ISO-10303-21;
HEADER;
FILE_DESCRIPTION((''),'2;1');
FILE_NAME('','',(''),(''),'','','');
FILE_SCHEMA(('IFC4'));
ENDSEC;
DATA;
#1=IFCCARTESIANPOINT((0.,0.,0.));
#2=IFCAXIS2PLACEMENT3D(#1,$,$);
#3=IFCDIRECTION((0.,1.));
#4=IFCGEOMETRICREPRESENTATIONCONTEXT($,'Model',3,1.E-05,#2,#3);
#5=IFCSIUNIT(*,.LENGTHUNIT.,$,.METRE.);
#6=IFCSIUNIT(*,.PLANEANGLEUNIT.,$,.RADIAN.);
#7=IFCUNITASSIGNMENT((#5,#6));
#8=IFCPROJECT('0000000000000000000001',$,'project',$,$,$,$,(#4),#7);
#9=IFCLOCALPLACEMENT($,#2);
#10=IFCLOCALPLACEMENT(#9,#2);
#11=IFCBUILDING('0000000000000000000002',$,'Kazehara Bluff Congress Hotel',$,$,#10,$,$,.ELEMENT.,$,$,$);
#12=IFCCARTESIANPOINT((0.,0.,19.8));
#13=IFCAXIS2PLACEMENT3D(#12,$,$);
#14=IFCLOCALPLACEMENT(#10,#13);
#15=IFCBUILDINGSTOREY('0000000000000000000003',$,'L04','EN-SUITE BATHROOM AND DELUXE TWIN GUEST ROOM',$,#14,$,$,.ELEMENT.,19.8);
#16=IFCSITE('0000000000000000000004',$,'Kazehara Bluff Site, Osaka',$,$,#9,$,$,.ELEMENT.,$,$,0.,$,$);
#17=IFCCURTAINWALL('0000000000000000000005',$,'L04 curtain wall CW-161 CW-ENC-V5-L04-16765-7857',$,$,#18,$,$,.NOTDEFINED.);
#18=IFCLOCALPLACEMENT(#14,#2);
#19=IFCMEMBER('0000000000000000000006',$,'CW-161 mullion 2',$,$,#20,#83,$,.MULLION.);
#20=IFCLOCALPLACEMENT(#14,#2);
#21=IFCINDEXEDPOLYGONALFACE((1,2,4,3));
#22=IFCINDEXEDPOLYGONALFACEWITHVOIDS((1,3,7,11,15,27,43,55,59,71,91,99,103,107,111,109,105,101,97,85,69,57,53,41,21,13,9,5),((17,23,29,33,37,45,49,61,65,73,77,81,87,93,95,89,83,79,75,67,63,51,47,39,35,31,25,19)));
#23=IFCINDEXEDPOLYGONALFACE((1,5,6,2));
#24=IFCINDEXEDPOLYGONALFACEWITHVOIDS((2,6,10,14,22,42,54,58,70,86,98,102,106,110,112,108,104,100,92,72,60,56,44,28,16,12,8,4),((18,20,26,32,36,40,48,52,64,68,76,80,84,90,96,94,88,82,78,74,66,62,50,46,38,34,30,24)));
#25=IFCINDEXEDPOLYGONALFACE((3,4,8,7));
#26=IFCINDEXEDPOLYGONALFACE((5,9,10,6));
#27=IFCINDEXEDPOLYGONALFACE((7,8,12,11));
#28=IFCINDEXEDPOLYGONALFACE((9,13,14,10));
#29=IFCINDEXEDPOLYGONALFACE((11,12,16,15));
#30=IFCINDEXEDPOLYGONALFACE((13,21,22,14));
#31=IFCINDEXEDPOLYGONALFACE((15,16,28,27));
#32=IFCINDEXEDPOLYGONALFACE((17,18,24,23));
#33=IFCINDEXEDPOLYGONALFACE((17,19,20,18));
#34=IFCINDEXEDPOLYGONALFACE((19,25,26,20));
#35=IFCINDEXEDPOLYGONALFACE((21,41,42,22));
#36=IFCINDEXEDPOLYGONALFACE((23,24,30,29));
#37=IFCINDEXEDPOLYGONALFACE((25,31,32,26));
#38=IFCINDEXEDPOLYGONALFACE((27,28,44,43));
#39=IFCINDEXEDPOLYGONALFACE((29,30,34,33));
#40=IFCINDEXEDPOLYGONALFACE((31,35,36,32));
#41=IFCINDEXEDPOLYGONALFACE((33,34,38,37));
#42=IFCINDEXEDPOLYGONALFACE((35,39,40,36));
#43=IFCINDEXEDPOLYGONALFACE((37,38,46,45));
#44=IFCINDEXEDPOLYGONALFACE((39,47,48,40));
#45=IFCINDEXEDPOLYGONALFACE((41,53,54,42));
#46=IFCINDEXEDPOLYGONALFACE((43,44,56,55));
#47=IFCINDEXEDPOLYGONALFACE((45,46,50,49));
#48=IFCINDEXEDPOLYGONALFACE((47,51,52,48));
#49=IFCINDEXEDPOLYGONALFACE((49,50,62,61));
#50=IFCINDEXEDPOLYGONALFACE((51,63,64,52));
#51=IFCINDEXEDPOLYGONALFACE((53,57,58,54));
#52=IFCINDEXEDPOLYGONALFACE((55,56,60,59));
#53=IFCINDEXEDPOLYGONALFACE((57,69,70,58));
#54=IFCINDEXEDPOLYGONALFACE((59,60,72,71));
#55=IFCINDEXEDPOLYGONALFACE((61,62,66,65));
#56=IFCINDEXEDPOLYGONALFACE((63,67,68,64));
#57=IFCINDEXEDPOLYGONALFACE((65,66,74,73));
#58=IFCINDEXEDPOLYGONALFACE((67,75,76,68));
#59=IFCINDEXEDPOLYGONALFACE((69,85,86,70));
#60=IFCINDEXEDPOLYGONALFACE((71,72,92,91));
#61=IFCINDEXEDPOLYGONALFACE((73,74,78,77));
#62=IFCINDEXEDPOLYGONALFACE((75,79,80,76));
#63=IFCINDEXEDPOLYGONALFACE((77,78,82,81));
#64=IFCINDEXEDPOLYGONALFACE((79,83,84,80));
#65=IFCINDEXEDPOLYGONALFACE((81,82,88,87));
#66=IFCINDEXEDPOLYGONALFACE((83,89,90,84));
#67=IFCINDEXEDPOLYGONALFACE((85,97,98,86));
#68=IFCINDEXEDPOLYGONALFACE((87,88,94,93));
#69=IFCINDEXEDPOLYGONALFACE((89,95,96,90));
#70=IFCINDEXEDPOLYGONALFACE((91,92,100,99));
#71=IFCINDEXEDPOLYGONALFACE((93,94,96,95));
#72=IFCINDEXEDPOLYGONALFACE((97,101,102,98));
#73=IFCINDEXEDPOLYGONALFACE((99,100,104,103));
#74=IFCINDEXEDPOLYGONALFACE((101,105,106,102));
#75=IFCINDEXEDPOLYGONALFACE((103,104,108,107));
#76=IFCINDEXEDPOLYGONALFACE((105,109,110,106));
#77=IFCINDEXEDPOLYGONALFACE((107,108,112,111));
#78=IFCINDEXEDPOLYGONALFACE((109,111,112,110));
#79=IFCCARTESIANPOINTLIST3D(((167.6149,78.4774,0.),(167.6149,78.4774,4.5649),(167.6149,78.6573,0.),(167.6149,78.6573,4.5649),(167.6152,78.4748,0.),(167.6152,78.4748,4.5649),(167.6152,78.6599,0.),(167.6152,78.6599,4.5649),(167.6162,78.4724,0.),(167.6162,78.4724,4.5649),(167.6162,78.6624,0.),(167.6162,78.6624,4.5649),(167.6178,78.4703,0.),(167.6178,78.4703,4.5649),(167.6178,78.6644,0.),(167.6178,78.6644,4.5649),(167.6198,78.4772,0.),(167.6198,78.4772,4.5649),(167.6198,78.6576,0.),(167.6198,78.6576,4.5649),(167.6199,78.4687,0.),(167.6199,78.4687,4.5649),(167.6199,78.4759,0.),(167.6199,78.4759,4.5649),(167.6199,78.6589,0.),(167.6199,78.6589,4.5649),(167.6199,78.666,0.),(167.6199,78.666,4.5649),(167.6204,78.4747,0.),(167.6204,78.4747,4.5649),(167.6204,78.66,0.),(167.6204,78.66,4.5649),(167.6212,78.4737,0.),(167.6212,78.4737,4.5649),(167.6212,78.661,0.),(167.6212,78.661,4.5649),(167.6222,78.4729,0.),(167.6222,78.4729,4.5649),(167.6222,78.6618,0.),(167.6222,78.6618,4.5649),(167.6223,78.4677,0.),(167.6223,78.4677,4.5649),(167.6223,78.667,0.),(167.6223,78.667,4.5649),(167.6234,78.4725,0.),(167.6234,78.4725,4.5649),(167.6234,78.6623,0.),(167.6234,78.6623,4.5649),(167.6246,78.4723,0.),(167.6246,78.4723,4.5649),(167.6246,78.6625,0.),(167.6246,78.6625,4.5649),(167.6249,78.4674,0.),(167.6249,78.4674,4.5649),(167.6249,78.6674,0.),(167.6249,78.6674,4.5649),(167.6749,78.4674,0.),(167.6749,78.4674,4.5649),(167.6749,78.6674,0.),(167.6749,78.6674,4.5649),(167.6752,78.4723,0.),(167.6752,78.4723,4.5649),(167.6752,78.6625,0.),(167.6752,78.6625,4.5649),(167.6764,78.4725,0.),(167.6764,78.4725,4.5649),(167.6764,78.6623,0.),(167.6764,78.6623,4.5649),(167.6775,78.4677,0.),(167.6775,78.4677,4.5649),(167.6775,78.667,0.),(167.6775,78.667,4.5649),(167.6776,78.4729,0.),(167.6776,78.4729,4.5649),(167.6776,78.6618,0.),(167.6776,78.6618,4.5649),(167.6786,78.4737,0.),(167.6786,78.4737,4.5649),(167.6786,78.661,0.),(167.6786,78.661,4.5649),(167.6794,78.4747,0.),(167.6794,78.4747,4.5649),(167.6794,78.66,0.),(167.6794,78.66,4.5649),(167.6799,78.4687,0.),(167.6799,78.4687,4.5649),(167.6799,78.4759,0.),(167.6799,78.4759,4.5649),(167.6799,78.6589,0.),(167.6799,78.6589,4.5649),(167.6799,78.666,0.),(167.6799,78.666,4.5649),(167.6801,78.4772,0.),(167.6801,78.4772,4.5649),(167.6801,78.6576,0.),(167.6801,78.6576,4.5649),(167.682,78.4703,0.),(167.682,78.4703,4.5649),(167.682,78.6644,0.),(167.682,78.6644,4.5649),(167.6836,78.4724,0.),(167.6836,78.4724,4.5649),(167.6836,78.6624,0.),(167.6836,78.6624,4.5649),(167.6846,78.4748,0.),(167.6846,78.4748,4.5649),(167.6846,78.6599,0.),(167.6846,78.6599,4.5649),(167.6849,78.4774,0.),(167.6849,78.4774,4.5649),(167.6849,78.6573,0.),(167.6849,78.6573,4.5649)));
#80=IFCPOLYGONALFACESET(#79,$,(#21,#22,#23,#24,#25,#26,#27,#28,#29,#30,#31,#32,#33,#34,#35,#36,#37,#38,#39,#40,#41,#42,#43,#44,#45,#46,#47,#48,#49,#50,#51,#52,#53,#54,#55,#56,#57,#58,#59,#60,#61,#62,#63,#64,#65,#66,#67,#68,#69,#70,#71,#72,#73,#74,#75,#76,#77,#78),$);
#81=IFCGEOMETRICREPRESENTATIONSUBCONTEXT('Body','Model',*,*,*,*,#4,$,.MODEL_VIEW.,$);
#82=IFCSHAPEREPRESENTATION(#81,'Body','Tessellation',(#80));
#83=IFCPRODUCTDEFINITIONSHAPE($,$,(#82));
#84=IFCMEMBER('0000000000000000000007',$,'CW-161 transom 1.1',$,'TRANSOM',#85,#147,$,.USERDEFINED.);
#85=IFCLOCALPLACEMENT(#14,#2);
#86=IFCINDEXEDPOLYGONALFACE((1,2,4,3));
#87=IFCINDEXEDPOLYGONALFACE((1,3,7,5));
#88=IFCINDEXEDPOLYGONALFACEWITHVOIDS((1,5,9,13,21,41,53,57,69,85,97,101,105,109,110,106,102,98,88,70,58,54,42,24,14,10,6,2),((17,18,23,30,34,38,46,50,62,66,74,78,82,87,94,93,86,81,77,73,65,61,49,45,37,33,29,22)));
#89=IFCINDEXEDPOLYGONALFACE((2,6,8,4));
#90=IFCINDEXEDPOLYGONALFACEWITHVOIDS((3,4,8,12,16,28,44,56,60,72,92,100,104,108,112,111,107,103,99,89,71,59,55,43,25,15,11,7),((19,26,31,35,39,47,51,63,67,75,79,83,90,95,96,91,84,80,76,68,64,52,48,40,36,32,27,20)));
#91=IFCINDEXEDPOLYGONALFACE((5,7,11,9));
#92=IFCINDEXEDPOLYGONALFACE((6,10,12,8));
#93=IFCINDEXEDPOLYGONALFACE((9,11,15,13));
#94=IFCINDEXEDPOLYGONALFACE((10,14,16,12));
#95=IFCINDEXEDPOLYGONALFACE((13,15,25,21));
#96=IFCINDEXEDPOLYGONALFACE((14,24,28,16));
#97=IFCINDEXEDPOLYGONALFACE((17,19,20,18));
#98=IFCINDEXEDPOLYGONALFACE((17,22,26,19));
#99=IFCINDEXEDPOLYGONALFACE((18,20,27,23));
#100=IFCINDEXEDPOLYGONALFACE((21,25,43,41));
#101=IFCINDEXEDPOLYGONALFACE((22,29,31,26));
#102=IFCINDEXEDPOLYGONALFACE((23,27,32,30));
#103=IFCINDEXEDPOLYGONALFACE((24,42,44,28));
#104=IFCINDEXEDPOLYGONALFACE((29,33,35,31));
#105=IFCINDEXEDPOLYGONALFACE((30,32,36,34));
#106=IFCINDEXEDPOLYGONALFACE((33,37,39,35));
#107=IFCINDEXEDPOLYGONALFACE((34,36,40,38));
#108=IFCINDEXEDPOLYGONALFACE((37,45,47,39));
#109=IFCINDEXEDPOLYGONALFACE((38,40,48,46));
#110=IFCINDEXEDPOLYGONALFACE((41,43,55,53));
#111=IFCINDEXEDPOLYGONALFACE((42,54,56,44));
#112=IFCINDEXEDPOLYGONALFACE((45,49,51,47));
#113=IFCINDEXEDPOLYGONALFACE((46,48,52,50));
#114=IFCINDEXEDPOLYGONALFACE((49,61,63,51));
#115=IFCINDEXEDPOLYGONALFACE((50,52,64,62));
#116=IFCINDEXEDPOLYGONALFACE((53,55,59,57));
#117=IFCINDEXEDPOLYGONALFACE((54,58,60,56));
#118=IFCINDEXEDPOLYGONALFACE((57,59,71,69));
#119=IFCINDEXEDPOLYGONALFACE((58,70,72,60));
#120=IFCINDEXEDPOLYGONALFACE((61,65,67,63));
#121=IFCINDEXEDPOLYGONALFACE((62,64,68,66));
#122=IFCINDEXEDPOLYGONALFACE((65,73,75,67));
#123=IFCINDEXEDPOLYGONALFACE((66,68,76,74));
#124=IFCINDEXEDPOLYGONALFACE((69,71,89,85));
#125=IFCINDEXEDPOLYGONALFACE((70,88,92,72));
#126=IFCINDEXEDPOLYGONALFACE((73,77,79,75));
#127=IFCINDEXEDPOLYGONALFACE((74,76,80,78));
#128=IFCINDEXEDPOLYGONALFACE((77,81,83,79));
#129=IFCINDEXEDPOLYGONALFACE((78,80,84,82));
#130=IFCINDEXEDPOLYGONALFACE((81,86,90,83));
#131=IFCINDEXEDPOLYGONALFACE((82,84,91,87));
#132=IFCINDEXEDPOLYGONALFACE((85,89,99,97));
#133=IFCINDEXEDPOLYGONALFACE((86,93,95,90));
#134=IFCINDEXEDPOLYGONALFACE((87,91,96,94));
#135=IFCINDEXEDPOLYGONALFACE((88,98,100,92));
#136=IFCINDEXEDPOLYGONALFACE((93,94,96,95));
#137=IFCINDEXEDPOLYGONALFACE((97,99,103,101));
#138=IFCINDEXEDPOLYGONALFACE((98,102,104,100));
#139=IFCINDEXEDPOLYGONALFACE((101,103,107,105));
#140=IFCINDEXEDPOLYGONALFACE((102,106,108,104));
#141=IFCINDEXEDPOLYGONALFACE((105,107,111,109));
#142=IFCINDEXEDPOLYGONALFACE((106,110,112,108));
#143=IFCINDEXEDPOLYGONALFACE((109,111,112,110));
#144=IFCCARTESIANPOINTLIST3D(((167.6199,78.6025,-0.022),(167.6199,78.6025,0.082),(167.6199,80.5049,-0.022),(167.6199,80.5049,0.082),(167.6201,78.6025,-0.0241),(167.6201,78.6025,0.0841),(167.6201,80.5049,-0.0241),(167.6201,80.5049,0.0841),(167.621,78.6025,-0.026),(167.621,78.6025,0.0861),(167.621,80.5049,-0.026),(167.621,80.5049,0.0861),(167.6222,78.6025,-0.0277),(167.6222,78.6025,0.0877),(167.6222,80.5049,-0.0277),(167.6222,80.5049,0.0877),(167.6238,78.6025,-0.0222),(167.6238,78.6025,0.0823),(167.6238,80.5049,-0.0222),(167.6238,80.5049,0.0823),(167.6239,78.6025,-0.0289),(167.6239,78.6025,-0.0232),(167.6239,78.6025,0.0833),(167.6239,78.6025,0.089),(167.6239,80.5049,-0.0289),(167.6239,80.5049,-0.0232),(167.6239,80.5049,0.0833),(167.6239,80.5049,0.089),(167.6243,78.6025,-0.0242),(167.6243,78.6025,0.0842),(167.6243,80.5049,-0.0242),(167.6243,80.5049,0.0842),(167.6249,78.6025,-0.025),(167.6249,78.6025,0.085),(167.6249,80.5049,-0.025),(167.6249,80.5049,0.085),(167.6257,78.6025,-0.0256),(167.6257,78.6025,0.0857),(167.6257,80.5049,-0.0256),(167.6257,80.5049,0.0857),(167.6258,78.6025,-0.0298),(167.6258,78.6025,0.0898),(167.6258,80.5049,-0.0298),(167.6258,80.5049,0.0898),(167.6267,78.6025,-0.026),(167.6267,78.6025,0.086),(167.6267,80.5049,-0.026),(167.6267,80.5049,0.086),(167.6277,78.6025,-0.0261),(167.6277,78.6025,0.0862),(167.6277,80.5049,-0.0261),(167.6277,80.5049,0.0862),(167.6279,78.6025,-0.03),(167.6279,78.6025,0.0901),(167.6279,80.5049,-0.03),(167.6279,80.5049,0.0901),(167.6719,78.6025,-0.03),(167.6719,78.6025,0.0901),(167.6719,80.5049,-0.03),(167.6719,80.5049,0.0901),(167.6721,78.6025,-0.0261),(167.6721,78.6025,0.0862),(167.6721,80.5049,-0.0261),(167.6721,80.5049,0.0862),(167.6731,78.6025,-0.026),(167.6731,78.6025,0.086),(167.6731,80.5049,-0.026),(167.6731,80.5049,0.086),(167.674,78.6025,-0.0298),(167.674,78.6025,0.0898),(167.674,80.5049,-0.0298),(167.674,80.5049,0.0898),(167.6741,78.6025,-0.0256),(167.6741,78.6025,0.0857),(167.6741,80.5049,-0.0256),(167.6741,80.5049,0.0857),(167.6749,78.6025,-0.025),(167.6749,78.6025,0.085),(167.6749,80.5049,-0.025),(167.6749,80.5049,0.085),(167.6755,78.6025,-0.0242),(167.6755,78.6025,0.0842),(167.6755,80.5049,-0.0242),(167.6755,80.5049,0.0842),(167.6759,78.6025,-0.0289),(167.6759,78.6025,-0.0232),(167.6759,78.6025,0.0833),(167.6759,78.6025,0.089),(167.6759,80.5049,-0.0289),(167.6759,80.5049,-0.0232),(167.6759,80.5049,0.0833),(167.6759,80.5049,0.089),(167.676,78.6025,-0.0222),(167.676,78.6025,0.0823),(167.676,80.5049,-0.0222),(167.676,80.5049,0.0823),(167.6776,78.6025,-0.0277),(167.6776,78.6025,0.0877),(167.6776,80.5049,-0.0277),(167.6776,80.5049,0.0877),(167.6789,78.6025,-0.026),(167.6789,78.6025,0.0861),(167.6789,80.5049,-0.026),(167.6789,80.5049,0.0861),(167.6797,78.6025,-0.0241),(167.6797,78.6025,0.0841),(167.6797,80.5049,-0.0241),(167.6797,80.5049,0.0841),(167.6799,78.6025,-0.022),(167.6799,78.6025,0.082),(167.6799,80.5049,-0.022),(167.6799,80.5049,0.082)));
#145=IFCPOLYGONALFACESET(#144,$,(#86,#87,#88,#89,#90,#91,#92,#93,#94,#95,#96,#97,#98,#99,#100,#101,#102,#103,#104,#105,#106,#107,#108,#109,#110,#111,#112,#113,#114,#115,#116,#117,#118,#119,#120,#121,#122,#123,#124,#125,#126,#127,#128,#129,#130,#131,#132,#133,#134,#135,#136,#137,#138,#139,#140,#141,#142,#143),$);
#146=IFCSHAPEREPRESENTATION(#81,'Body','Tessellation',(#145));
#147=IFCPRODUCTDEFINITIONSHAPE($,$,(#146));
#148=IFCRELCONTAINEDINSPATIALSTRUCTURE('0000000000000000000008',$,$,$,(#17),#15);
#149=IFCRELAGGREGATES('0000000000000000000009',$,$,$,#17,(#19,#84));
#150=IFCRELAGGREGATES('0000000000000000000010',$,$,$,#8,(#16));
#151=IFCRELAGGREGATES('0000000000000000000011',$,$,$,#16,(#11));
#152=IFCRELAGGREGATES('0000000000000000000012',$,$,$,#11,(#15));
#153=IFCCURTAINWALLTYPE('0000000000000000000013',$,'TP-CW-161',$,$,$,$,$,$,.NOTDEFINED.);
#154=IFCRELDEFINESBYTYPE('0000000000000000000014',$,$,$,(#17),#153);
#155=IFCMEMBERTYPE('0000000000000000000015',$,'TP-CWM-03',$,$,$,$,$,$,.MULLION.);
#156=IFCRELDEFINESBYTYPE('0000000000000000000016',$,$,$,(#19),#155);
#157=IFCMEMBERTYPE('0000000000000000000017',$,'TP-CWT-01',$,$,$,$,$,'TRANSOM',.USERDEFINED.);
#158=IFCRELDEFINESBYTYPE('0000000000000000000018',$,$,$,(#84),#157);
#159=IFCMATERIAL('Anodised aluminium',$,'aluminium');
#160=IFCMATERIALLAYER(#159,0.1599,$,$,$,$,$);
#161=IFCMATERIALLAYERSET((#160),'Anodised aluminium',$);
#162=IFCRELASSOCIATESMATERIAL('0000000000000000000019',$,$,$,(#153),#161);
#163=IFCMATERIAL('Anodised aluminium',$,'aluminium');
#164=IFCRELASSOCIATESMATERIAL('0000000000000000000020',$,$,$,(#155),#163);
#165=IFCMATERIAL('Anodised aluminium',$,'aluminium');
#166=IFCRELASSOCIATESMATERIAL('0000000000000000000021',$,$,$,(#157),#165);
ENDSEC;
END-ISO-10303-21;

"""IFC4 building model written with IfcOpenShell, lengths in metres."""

from ifc_helpers import new_model, si_unit, direction, frame, origin, origin_2d, place, context, subcontext, project, spatial, hollow_rectangle, extrude, material, layer, layer_set, material_profile, profile_set, type_object, element, aggregate, save


model = new_model("IFC4")

# Units and contexts
model_context = context("Model", 3, precision=1e-05, world=origin(), true_north=direction((0.0, 1.0)))
body_context = subcontext(model_context, "Body", "Model", "MODEL_VIEW")
ifc_project = project(units=[si_unit("LENGTHUNIT", "METRE"), si_unit("PLANEANGLEUNIT", "RADIAN")], contexts=[model_context])

# Site, building, storey
site_placement = place(None, origin())
site = spatial("IfcSite", under=ifc_project, at=site_placement, Name="Kazehara Bluff Site, Osaka", CompositionType="ELEMENT", RefElevation=0.0)
building_placement = place(site_placement, origin())
building = spatial("IfcBuilding", under=site, at=building_placement, Name="Kazehara Bluff Congress Hotel", CompositionType="ELEMENT")
storey_placement = place(building_placement, frame((0.0, 0.0, 19.8)))
storey = spatial("IfcBuildingStorey", under=building, at=storey_placement, Name="L04", Description="EN-SUITE BATHROOM AND DELUXE TWIN GUEST ROOM", CompositionType="ELEMENT", Elevation=19.8)

# Curtain wall, members
ifc_material_1 = material(Name="Anodised aluminium", Category="aluminium")
ifc_layer_1 = layer(ifc_material_1, 0.1599)
ifc_layer_set_1 = layer_set([ifc_layer_1], Name="Anodised aluminium")
curtain_wall_type_1 = type_object("IfcCurtainWallType", Name="TP-CW-161", PredefinedType="NOTDEFINED", material=ifc_layer_set_1)
curtain_wall_1_placement = place(storey_placement, origin())
curtain_wall_1 = element("IfcCurtainWall", 1, at=curtain_wall_1_placement, inside=storey, type_object=curtain_wall_type_1, Name="L04 curtain wall CW-161 CW-ENC-V5-L04-16765-7857", PredefinedType="NOTDEFINED")
ifc_material_2 = material(Name="Anodised aluminium", Category="aluminium")
ifc_material_profile_1 = material_profile(ifc_material_2, hollow_rectangle(XDim=0.0701, YDim=0.2, WallThickness=0.0049, InnerFilletRadius=0.0049, OuterFilletRadius=0.01, at=origin_2d()))
ifc_profile_set_1 = profile_set([ifc_material_profile_1], Name="Anodised aluminium")
member_type_1 = type_object("IfcMemberType", Name="TP-CWM-03", PredefinedType="MULLION", material=ifc_profile_set_1)
member_1_placement = place(storey_placement, frame((167.6499, 78.5674, 0.0), z_axis=(0.0, 0.0, 1.0), x_axis=(1.0, 0.0, 0.0)))
member_1 = element("IfcMember", 2, at=member_1_placement, type_object=member_type_1, Name="CW-161 mullion 2", PredefinedType="MULLION", context=body_context, shape_type="SweptSolid", body=[
    extrude(hollow_rectangle(XDim=0.0701, YDim=0.2, WallThickness=0.0049, InnerFilletRadius=0.0049, OuterFilletRadius=0.01, at=origin_2d()), origin(), (0.0, 0.0, 1.0), 4.5649),
])
ifc_material_3 = material(Name="Anodised aluminium", Category="aluminium")
ifc_material_profile_2 = material_profile(ifc_material_3, hollow_rectangle(XDim=0.0601, YDim=0.1201, WallThickness=0.0039, InnerFilletRadius=0.0039, OuterFilletRadius=0.0081, at=origin_2d()))
ifc_profile_set_2 = profile_set([ifc_material_profile_2], Name="Anodised aluminium")
member_type_2 = type_object("IfcMemberType", Name="TP-CWT-01", ElementType="TRANSOM", PredefinedType="USERDEFINED", material=ifc_profile_set_2)
member_2_placement = place(storey_placement, frame((167.6499, 80.5049, 0.03), z_axis=(0.0, -1.0, 0.0), x_axis=(1.0, 0.0, 0.0)))
member_2 = element("IfcMember", 3, at=member_2_placement, type_object=member_type_2, Name="CW-161 transom 1.1", ObjectType="TRANSOM", PredefinedType="USERDEFINED", context=body_context, shape_type="SweptSolid", body=[
    extrude(hollow_rectangle(XDim=0.0601, YDim=0.1201, WallThickness=0.0039, InnerFilletRadius=0.0039, OuterFilletRadius=0.0081, at=origin_2d()), origin(), (0.0, 0.0, 1.0), 1.9023),
])

aggregate(curtain_wall_1, [member_1, member_2])

save(model, "model.ifc")
